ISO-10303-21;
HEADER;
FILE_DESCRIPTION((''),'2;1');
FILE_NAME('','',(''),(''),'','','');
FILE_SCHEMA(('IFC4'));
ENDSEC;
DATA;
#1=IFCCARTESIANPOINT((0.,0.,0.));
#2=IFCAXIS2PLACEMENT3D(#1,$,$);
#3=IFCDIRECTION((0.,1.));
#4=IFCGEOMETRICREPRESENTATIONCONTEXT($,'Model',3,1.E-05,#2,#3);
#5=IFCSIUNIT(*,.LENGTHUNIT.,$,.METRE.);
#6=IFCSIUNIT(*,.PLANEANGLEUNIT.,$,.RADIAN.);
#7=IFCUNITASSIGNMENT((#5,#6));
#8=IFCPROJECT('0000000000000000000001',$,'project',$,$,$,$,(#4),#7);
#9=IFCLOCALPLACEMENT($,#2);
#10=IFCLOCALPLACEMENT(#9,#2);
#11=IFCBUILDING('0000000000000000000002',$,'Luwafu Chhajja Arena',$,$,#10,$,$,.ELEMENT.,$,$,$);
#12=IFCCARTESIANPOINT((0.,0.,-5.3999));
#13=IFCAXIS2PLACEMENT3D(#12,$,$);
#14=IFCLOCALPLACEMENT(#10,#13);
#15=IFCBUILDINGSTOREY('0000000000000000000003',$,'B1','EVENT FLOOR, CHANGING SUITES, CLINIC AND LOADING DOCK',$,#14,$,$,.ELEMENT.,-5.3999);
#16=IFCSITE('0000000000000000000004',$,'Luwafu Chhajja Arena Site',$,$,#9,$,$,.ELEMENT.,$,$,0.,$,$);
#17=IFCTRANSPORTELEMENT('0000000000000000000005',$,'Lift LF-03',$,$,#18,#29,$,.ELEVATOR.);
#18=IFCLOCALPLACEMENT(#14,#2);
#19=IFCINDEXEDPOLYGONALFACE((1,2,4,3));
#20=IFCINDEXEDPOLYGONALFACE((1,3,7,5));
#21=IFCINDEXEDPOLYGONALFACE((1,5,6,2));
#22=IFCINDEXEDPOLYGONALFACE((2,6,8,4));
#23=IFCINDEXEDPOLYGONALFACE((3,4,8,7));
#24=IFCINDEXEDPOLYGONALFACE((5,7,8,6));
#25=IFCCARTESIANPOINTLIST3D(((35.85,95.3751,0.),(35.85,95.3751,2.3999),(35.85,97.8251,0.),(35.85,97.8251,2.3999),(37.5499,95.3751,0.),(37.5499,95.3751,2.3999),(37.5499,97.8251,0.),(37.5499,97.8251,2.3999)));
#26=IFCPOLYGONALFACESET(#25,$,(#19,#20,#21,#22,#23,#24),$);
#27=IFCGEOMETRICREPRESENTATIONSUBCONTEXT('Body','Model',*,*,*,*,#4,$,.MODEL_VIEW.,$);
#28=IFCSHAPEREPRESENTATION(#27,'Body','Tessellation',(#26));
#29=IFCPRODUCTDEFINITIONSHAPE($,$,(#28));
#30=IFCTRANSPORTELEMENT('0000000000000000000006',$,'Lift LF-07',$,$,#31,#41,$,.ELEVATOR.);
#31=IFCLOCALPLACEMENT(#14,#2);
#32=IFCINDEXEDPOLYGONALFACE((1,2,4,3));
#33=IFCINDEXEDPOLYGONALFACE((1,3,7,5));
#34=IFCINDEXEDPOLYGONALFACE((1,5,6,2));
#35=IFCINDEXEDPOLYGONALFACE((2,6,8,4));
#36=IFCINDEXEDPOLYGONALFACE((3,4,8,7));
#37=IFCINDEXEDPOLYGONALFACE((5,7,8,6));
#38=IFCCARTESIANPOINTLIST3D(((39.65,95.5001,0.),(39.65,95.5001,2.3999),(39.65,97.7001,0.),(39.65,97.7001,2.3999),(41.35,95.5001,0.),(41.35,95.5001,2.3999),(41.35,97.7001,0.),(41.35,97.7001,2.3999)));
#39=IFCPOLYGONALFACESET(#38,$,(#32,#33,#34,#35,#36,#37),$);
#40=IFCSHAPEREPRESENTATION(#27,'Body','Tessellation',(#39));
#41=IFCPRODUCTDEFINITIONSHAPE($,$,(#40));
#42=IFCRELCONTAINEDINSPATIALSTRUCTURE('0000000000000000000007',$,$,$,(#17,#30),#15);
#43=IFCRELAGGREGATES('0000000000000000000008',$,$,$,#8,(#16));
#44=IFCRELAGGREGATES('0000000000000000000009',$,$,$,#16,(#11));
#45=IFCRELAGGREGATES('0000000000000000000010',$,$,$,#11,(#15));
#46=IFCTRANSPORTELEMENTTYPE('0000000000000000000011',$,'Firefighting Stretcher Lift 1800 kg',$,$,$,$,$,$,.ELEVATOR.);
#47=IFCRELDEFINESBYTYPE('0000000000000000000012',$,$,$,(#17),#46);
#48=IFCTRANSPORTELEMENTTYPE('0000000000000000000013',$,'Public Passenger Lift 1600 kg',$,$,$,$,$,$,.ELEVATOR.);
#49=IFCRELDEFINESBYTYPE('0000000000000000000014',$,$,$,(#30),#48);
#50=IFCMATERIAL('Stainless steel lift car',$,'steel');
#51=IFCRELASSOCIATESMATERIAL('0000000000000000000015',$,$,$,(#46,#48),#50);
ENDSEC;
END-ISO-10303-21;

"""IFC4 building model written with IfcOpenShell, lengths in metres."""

from ifc_helpers import new_model, si_unit, direction, frame, origin, origin_2d, place, context, subcontext, project, spatial, rectangle, extrude, material, type_object, element, save


model = new_model("IFC4")

# Units and contexts
model_context = context("Model", 3, precision=1e-05, world=origin(), true_north=direction((0.0, 1.0)))
body_context = subcontext(model_context, "Body", "Model", "MODEL_VIEW")
ifc_project = project(units=[si_unit("LENGTHUNIT", "METRE"), si_unit("PLANEANGLEUNIT", "RADIAN")], contexts=[model_context])

# Site, building, storey
site_placement = place(None, origin())
site = spatial("IfcSite", under=ifc_project, at=site_placement, Name="Luwafu Chhajja Arena Site", CompositionType="ELEMENT", RefElevation=0.0)
building_placement = place(site_placement, origin())
building = spatial("IfcBuilding", under=site, at=building_placement, Name="Luwafu Chhajja Arena", CompositionType="ELEMENT")
storey_placement = place(building_placement, frame((0.0, 0.0, -5.3999)))
storey = spatial("IfcBuildingStorey", under=building, at=storey_placement, Name="B1", Description="EVENT FLOOR, CHANGING SUITES, CLINIC AND LOADING DOCK", CompositionType="ELEMENT", Elevation=-5.3999)

# Transport elements
ifc_material_1 = material(Name="Stainless steel lift car", Category="steel")
transport_element_type_1 = type_object("IfcTransportElementType", Name="Firefighting Stretcher Lift 1800 kg", PredefinedType="ELEVATOR", material=ifc_material_1)
transport_element_1_placement = place(storey_placement, frame((36.7, 96.6001, 0.0), z_axis=(0.0, 0.0, 1.0), x_axis=(1.0, 0.0, 0.0)))
element("IfcTransportElement", 1, at=transport_element_1_placement, inside=storey, type_object=transport_element_type_1, Name="Lift LF-03", PredefinedType="ELEVATOR", context=body_context, shape_type="SweptSolid", body=[
    extrude(rectangle(XDim=1.7, YDim=2.45, at=origin_2d()), origin(), (0.0, 0.0, 1.0), 2.3999),
])
transport_element_type_2 = type_object("IfcTransportElementType", Name="Public Passenger Lift 1600 kg", PredefinedType="ELEVATOR", material=ifc_material_1)
transport_element_2_placement = place(storey_placement, frame((40.5, 96.6001, 0.0), z_axis=(0.0, 0.0, 1.0), x_axis=(1.0, 0.0, 0.0)))
element("IfcTransportElement", 2, at=transport_element_2_placement, inside=storey, type_object=transport_element_type_2, Name="Lift LF-07", PredefinedType="ELEVATOR", context=body_context, shape_type="SweptSolid", body=[
    extrude(rectangle(XDim=1.7, YDim=2.2, at=origin_2d()), origin(), (0.0, 0.0, 1.0), 2.3999),
])

save(model, "model.ifc")
